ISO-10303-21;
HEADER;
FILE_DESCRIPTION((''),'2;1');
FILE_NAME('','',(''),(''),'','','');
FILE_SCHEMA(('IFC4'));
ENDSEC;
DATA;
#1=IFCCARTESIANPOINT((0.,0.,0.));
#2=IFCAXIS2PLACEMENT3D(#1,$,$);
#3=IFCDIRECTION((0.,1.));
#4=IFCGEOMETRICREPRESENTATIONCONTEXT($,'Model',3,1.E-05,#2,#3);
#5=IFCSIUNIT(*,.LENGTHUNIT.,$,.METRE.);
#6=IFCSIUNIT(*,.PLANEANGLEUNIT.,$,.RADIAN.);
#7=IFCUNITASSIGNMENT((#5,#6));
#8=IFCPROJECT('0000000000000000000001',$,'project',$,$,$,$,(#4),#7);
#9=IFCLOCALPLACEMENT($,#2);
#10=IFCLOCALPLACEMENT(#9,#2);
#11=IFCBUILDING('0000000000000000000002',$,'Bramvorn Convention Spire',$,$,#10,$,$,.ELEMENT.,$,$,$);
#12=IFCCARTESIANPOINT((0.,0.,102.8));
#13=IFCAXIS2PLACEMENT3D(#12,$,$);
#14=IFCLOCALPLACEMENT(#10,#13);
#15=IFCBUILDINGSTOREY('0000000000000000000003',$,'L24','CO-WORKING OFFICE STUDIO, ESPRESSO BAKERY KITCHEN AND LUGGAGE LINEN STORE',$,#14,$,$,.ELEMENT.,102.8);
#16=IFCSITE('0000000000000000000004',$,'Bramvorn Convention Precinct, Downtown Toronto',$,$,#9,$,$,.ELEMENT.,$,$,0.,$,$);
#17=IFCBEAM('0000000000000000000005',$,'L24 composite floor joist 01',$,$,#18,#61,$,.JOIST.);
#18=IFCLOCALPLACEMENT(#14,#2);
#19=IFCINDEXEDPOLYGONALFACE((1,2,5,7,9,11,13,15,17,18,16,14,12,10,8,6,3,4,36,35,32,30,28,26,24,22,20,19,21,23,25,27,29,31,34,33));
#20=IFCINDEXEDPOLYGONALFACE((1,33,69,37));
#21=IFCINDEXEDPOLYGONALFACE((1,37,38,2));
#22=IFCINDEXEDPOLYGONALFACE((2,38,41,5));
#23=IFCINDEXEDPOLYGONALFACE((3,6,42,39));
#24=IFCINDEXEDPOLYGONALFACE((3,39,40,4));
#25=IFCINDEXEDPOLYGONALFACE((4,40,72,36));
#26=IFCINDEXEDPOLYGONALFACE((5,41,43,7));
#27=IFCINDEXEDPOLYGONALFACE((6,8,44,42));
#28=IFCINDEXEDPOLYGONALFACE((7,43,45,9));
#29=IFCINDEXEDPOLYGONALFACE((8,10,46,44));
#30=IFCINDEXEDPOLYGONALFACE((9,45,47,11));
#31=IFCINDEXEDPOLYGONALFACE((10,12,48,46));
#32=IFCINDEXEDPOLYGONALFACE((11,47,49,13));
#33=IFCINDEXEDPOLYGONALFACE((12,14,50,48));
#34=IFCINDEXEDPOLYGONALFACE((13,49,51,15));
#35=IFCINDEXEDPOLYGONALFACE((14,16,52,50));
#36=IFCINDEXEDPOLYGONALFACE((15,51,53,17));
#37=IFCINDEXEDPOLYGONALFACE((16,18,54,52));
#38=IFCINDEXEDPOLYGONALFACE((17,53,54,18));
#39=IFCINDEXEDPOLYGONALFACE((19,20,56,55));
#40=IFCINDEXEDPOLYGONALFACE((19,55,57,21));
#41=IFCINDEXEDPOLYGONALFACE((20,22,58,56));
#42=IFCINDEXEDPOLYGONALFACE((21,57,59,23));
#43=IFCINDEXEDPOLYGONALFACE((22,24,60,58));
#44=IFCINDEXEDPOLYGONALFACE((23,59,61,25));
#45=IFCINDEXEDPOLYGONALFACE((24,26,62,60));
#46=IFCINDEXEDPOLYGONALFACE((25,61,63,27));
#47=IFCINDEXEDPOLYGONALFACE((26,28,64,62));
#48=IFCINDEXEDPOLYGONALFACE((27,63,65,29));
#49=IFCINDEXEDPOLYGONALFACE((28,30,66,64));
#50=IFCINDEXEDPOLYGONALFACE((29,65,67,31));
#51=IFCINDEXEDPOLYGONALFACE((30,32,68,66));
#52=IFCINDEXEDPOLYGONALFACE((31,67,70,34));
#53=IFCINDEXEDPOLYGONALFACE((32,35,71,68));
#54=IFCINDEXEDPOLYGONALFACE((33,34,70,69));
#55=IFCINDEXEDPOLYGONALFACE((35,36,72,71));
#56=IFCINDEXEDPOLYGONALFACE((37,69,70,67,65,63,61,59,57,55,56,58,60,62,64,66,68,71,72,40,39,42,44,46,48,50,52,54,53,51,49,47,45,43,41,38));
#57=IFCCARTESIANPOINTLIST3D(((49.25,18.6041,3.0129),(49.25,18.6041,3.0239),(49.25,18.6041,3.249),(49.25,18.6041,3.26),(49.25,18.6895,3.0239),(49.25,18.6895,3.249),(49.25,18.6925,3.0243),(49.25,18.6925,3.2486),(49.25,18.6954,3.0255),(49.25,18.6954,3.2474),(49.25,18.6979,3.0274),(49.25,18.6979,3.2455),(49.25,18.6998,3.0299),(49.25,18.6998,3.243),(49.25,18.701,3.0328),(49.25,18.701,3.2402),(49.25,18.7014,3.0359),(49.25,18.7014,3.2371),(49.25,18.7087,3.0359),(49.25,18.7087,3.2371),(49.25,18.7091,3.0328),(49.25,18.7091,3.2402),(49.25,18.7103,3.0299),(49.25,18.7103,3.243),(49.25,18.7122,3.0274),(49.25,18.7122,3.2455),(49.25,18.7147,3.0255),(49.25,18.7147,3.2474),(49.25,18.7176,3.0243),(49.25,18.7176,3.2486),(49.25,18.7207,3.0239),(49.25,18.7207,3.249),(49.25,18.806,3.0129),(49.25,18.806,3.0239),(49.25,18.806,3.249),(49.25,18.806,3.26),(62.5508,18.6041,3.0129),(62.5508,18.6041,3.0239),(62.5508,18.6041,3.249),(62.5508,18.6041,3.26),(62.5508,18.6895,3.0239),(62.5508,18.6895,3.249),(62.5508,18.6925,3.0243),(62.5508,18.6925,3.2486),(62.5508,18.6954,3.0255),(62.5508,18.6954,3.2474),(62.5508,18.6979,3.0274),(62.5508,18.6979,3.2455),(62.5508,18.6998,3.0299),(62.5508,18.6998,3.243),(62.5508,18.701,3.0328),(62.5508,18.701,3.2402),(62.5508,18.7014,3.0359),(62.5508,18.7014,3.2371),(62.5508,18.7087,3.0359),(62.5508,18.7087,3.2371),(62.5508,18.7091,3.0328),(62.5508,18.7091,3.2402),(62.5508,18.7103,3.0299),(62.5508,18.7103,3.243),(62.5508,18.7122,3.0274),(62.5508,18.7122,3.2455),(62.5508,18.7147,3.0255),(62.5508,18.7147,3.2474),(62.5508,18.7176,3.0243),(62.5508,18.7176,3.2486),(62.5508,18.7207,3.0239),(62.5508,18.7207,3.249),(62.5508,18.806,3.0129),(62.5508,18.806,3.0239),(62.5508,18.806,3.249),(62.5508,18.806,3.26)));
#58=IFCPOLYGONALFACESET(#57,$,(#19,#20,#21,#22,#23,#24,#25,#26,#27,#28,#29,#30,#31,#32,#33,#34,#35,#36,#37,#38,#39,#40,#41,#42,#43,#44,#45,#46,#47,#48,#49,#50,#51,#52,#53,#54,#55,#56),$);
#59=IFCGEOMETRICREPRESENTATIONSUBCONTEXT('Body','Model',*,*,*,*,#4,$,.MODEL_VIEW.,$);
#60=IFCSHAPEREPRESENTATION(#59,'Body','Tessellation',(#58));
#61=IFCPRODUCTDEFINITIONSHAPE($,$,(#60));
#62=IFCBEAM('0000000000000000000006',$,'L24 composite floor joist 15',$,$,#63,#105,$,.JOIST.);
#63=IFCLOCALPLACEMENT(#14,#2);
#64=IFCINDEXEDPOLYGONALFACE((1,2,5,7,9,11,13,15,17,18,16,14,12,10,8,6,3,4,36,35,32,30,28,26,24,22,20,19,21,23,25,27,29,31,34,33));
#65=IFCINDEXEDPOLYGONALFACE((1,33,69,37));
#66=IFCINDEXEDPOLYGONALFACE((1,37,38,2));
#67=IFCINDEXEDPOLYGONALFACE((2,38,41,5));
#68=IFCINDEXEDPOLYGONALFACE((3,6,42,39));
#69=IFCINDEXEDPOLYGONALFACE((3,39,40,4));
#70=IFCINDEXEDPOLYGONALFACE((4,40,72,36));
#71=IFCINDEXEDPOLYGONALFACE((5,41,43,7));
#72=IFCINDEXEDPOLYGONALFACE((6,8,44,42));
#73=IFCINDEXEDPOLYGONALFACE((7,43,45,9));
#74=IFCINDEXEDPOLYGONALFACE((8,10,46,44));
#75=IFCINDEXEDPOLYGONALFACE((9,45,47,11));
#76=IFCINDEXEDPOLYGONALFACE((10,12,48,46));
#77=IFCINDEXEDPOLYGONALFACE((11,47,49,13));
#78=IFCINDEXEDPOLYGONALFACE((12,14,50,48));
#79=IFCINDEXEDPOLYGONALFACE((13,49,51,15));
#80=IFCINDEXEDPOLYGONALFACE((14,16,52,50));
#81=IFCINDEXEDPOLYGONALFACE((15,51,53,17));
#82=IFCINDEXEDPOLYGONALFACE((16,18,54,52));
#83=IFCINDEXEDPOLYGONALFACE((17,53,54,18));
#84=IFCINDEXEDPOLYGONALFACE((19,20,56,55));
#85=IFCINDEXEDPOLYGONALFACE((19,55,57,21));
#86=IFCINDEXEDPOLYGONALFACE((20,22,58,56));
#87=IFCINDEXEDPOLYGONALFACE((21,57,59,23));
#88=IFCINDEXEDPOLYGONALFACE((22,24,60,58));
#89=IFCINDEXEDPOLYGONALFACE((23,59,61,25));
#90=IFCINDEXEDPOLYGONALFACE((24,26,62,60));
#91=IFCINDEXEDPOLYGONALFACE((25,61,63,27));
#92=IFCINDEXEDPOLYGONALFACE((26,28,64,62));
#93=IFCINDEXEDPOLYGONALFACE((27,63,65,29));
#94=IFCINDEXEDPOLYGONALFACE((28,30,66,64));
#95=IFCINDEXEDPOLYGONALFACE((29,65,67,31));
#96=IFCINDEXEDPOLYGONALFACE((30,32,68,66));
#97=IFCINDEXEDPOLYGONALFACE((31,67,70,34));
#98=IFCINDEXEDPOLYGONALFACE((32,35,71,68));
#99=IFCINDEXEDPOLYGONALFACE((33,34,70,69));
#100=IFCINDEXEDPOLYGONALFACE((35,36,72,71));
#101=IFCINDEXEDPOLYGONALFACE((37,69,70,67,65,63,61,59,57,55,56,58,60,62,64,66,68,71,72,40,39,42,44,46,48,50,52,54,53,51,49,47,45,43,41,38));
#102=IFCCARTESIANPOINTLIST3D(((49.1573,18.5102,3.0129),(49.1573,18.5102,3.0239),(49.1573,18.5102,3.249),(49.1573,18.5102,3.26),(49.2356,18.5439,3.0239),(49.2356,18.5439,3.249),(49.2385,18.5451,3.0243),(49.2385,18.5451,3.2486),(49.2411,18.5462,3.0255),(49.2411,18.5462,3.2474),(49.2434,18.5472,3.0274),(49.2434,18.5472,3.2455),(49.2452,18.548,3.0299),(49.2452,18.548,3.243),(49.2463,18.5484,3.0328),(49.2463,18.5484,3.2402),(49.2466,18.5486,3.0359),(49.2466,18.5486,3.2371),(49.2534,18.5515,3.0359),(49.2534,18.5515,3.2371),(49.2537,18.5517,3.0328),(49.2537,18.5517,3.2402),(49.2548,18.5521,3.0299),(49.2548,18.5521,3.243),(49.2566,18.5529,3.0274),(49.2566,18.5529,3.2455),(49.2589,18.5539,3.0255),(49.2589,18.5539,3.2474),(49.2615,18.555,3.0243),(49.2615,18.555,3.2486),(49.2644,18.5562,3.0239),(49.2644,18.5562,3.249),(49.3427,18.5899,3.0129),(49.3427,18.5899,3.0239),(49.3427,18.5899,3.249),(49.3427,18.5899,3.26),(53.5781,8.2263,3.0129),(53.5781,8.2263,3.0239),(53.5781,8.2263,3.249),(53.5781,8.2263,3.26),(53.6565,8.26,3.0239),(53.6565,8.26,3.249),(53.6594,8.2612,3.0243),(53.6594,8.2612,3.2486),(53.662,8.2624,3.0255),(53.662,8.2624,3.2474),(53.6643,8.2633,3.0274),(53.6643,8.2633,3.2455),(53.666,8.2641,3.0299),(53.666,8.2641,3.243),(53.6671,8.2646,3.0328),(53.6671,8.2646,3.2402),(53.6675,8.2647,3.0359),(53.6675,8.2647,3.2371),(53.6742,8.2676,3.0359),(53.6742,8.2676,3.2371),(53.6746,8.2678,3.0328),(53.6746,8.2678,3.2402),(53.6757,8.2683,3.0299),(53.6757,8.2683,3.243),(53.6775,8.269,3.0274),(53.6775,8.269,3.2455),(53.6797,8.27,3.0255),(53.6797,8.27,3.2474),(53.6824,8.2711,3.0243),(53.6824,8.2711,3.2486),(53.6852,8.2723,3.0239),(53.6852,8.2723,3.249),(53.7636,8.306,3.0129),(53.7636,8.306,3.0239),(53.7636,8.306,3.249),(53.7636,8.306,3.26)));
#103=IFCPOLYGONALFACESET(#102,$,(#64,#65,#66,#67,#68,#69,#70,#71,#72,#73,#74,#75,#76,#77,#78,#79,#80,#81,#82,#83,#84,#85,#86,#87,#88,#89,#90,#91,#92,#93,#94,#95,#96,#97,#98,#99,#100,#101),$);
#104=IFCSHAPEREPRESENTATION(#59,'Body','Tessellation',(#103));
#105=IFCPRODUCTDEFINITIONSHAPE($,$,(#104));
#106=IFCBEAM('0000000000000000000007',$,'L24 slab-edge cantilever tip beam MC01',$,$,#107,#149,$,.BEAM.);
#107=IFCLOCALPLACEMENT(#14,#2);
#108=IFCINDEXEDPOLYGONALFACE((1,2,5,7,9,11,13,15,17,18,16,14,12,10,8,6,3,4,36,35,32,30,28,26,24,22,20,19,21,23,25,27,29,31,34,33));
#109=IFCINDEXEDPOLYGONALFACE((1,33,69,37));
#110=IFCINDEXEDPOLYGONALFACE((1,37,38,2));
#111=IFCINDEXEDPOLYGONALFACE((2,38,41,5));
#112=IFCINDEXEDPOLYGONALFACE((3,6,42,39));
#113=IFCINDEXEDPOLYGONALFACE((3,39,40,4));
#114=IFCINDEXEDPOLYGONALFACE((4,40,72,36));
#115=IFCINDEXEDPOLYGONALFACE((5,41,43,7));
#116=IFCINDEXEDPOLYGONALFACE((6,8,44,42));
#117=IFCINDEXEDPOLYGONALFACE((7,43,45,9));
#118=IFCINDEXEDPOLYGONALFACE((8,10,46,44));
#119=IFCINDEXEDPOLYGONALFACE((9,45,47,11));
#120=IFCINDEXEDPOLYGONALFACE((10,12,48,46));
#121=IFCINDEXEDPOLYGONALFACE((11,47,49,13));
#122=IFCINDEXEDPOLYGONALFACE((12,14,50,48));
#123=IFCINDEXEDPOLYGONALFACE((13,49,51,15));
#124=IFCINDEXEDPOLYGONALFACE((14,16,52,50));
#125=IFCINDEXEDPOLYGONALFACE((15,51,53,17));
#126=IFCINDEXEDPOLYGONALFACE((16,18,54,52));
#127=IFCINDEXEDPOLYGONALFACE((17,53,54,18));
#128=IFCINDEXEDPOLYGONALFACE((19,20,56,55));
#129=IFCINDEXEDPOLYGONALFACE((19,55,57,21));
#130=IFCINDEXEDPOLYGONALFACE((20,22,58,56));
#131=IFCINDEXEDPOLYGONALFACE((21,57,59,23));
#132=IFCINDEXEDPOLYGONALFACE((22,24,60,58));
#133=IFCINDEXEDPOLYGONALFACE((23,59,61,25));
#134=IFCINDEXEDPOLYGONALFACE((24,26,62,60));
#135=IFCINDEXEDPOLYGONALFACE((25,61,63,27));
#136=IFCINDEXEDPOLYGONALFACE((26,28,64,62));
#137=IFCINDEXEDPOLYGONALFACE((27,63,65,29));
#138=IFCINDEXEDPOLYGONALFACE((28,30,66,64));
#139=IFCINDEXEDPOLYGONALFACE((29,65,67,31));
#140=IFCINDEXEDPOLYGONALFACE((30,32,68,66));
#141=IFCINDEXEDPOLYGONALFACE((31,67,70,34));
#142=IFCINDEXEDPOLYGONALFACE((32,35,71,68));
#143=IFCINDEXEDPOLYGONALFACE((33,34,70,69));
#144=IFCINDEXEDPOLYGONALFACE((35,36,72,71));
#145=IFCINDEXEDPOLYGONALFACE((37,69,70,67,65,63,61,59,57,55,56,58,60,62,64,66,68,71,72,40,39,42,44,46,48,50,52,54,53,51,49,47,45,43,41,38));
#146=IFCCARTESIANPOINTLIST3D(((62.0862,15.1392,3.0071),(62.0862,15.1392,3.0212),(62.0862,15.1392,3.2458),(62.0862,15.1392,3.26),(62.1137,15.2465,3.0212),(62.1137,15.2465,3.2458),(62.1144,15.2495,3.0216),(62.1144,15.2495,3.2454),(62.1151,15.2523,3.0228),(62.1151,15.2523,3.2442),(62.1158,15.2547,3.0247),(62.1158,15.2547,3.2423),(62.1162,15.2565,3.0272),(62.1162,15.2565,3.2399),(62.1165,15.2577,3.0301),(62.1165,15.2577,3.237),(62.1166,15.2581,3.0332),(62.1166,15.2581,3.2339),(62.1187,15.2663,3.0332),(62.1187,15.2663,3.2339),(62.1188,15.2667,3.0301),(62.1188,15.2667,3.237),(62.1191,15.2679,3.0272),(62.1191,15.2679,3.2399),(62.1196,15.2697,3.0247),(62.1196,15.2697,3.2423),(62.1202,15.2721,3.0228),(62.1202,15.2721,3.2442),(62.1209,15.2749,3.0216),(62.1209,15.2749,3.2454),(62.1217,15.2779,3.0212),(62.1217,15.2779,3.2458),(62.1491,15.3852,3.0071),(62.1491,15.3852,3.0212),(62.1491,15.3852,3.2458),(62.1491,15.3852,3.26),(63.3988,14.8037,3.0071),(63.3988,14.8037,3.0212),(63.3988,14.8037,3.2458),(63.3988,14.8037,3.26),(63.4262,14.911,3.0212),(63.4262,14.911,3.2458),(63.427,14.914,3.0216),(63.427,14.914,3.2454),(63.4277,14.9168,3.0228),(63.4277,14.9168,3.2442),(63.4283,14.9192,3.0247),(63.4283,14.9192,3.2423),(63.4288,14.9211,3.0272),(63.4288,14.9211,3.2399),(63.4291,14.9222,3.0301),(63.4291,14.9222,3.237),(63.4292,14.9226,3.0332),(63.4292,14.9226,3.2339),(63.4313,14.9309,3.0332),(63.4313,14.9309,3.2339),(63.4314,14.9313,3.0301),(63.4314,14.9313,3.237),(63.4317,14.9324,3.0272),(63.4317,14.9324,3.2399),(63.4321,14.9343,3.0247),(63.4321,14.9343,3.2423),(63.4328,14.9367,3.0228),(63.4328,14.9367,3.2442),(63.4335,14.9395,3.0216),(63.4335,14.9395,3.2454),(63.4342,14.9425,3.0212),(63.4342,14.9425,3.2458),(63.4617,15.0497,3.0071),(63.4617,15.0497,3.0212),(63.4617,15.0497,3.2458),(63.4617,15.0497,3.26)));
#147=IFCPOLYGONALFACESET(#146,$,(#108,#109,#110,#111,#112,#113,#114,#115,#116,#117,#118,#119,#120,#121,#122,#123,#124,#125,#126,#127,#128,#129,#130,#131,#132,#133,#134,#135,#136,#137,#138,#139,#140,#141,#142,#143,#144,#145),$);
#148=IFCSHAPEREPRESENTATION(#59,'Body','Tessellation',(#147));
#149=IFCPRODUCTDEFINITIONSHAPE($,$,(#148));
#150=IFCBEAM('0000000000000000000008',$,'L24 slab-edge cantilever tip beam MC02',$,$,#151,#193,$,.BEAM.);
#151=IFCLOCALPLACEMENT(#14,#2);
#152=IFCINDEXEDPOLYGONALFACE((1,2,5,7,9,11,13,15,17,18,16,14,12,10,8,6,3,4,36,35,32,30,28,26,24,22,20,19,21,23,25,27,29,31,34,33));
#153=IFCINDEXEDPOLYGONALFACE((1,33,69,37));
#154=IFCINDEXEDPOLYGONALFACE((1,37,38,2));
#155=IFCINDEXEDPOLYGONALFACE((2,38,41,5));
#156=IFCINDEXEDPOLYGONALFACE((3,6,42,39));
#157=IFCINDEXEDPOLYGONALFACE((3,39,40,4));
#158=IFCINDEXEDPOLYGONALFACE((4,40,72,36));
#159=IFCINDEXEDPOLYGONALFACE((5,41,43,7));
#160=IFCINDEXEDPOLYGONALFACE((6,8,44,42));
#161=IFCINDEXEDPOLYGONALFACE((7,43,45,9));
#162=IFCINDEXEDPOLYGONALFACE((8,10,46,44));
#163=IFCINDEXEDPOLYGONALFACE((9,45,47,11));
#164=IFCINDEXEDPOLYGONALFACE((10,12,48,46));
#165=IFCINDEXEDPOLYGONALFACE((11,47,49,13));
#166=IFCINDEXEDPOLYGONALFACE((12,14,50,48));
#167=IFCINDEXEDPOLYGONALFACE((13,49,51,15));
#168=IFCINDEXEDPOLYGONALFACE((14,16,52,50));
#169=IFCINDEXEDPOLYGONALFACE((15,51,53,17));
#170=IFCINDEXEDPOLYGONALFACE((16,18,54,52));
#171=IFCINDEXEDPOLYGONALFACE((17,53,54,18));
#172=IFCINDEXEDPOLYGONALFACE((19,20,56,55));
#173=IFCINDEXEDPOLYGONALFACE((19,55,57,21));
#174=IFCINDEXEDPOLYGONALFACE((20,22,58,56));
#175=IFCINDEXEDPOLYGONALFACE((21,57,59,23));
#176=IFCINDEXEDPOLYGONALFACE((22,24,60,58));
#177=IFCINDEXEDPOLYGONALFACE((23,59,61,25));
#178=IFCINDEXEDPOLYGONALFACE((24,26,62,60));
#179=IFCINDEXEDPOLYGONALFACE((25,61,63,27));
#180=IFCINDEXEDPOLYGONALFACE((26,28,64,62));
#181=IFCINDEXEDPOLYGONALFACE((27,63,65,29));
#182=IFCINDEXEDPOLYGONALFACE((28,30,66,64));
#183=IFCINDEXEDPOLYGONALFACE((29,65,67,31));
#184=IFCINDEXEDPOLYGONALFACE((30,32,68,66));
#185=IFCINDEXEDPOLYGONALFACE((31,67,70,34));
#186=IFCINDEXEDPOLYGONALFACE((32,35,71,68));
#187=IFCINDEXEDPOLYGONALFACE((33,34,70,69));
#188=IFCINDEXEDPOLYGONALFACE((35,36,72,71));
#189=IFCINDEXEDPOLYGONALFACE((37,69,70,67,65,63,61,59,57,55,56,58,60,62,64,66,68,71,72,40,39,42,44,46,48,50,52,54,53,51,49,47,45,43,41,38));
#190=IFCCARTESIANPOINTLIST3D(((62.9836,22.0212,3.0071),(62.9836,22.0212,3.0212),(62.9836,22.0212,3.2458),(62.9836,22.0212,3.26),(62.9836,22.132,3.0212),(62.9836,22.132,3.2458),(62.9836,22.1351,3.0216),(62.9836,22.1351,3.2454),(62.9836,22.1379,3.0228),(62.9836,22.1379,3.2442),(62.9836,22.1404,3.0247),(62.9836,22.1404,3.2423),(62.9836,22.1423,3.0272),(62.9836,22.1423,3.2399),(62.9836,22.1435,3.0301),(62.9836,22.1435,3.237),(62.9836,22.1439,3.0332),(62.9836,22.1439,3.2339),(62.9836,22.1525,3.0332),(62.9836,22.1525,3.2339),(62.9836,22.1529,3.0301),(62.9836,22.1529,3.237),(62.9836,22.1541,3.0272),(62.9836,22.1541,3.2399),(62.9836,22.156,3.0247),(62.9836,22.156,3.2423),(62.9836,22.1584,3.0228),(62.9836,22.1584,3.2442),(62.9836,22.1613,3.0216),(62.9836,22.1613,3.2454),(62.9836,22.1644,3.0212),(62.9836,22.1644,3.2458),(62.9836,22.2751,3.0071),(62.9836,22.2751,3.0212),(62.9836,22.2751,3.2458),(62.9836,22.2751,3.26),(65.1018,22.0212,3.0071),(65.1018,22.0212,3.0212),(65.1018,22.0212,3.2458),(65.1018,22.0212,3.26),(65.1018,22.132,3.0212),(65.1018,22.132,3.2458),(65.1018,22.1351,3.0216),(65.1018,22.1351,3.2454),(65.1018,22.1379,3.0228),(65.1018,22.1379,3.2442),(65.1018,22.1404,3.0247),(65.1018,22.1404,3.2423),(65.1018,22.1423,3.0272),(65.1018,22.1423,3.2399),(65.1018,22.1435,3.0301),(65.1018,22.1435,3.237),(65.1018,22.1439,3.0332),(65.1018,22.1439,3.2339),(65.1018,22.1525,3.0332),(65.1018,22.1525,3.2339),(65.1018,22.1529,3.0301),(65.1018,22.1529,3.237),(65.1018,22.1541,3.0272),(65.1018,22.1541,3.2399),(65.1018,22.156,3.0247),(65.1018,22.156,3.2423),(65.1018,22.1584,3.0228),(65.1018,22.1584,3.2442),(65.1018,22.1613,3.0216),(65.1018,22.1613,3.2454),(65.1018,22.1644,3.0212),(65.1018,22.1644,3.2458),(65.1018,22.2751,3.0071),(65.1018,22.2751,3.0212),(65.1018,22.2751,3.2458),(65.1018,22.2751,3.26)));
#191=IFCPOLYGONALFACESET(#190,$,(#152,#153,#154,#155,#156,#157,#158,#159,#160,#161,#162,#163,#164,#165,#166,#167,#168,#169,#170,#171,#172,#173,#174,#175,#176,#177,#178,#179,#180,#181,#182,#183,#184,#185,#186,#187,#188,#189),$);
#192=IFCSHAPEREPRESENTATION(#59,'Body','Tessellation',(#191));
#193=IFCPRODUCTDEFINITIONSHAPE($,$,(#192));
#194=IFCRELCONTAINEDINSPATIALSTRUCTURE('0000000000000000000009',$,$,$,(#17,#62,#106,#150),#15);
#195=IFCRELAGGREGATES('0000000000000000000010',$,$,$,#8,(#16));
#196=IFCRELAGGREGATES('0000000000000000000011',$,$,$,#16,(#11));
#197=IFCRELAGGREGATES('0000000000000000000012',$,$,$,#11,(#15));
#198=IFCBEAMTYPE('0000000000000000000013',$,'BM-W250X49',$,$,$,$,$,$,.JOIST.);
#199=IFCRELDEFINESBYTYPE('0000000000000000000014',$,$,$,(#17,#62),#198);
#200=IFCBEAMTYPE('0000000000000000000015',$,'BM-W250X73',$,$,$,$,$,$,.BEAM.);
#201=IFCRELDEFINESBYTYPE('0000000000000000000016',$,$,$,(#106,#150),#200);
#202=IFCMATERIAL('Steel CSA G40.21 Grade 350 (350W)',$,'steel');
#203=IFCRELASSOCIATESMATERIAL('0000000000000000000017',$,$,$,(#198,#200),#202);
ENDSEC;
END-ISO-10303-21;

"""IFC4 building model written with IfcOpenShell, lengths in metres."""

from ifc_helpers import new_model, si_unit, direction, frame, origin, origin_2d, place, context, subcontext, project, spatial, i_section, extrude, material, material_profile, profile_set, type_object, element, save


model = new_model("IFC4")

# Units and contexts
model_context = context("Model", 3, precision=1e-05, world=origin(), true_north=direction((0.0, 1.0)))
body_context = subcontext(model_context, "Body", "Model", "MODEL_VIEW")
ifc_project = project(units=[si_unit("LENGTHUNIT", "METRE"), si_unit("PLANEANGLEUNIT", "RADIAN")], contexts=[model_context])

# Site, building, storey
site_placement = place(None, origin())
site = spatial("IfcSite", under=ifc_project, at=site_placement, Name="Bramvorn Convention Precinct, Downtown Toronto", CompositionType="ELEMENT", RefElevation=0.0)
building_placement = place(site_placement, origin())
building = spatial("IfcBuilding", under=site, at=building_placement, Name="Bramvorn Convention Spire", CompositionType="ELEMENT")
storey_placement = place(building_placement, frame((0.0, 0.0, 102.8)))
storey = spatial("IfcBuildingStorey", under=building, at=storey_placement, Name="L24", Description="CO-WORKING OFFICE STUDIO, ESPRESSO BAKERY KITCHEN AND LUGGAGE LINEN STORE", CompositionType="ELEMENT", Elevation=102.8)

# Shared definitions
ifc_material_1 = material(Name="Steel CSA G40.21 Grade 350 (350W)", Category="steel")

# Beams
ifc_material_profile_1 = material_profile(ifc_material_1, i_section(OverallWidth=0.2019, OverallDepth=0.2471, WebThickness=0.0073, FlangeThickness=0.011, FilletRadius=0.012, at=origin_2d()))
ifc_profile_set_1 = profile_set([ifc_material_profile_1], Name="Steel CSA G40.21 Grade 350 (350W) - W250X49")
beam_type_1 = type_object("IfcBeamType", Name="BM-W250X49", PredefinedType="JOIST", material=ifc_profile_set_1)
beam_1_placement = place(storey_placement, frame((49.25, 18.7051, 3.1365), z_axis=(1.0, 0.0, 0.0), x_axis=(0.0, 1.0, 0.0)))
element("IfcBeam", 1, at=beam_1_placement, inside=storey, type_object=beam_type_1, Name="L24 composite floor joist 01", PredefinedType="JOIST", context=body_context, shape_type="SweptSolid", body=[
    extrude(i_section(OverallWidth=0.2019, OverallDepth=0.2471, WebThickness=0.0073, FlangeThickness=0.011, FilletRadius=0.012, at=origin_2d()), origin(), (0.0, 0.0, 1.0), 13.3008),
])
beam_2_placement = place(storey_placement, frame((49.25, 18.55, 3.1365), z_axis=(0.394938, -0.918708, 0.0), x_axis=(0.918708, 0.394938, 0.0)))
element("IfcBeam", 2, at=beam_2_placement, inside=storey, type_object=beam_type_1, Name="L24 composite floor joist 15", PredefinedType="JOIST", context=body_context, shape_type="SweptSolid", body=[
    extrude(i_section(OverallWidth=0.2019, OverallDepth=0.2471, WebThickness=0.0073, FlangeThickness=0.011, FilletRadius=0.012, at=origin_2d()), origin(), (0.0, 0.0, 1.0), 11.1938),
])
ifc_material_profile_2 = material_profile(ifc_material_1, i_section(OverallWidth=0.2539, OverallDepth=0.2529, WebThickness=0.0085, FlangeThickness=0.0142, FilletRadius=0.012, at=origin_2d()))
ifc_profile_set_2 = profile_set([ifc_material_profile_2], Name="Steel CSA G40.21 Grade 350 (350W) - W250X73")
beam_type_2 = type_object("IfcBeamType", Name="BM-W250X73", PredefinedType="BEAM", material=ifc_profile_set_2)
beam_3_placement = place(storey_placement, frame((62.1177, 15.2622, 3.1335), z_axis=(0.968857, -0.247621, 0.0), x_axis=(0.247621, 0.968857, 0.0)))
element("IfcBeam", 3, at=beam_3_placement, inside=storey, type_object=beam_type_2, Name="L24 slab-edge cantilever tip beam MC01", PredefinedType="BEAM", context=body_context, shape_type="SweptSolid", body=[
    extrude(i_section(OverallWidth=0.2539, OverallDepth=0.2529, WebThickness=0.0085, FlangeThickness=0.0142, FilletRadius=0.012, at=origin_2d()), origin(), (0.0, 0.0, 1.0), 1.3547),
])
beam_4_placement = place(storey_placement, frame((62.9836, 22.1482, 3.1335), z_axis=(1.0, 0.0, 0.0), x_axis=(0.0, 1.0, 0.0)))
element("IfcBeam", 4, at=beam_4_placement, inside=storey, type_object=beam_type_2, Name="L24 slab-edge cantilever tip beam MC02", PredefinedType="BEAM", context=body_context, shape_type="SweptSolid", body=[
    extrude(i_section(OverallWidth=0.2539, OverallDepth=0.2529, WebThickness=0.0085, FlangeThickness=0.0142, FilletRadius=0.012, at=origin_2d()), origin(), (0.0, 0.0, 1.0), 2.1182),
])

save(model, "model.ifc")
